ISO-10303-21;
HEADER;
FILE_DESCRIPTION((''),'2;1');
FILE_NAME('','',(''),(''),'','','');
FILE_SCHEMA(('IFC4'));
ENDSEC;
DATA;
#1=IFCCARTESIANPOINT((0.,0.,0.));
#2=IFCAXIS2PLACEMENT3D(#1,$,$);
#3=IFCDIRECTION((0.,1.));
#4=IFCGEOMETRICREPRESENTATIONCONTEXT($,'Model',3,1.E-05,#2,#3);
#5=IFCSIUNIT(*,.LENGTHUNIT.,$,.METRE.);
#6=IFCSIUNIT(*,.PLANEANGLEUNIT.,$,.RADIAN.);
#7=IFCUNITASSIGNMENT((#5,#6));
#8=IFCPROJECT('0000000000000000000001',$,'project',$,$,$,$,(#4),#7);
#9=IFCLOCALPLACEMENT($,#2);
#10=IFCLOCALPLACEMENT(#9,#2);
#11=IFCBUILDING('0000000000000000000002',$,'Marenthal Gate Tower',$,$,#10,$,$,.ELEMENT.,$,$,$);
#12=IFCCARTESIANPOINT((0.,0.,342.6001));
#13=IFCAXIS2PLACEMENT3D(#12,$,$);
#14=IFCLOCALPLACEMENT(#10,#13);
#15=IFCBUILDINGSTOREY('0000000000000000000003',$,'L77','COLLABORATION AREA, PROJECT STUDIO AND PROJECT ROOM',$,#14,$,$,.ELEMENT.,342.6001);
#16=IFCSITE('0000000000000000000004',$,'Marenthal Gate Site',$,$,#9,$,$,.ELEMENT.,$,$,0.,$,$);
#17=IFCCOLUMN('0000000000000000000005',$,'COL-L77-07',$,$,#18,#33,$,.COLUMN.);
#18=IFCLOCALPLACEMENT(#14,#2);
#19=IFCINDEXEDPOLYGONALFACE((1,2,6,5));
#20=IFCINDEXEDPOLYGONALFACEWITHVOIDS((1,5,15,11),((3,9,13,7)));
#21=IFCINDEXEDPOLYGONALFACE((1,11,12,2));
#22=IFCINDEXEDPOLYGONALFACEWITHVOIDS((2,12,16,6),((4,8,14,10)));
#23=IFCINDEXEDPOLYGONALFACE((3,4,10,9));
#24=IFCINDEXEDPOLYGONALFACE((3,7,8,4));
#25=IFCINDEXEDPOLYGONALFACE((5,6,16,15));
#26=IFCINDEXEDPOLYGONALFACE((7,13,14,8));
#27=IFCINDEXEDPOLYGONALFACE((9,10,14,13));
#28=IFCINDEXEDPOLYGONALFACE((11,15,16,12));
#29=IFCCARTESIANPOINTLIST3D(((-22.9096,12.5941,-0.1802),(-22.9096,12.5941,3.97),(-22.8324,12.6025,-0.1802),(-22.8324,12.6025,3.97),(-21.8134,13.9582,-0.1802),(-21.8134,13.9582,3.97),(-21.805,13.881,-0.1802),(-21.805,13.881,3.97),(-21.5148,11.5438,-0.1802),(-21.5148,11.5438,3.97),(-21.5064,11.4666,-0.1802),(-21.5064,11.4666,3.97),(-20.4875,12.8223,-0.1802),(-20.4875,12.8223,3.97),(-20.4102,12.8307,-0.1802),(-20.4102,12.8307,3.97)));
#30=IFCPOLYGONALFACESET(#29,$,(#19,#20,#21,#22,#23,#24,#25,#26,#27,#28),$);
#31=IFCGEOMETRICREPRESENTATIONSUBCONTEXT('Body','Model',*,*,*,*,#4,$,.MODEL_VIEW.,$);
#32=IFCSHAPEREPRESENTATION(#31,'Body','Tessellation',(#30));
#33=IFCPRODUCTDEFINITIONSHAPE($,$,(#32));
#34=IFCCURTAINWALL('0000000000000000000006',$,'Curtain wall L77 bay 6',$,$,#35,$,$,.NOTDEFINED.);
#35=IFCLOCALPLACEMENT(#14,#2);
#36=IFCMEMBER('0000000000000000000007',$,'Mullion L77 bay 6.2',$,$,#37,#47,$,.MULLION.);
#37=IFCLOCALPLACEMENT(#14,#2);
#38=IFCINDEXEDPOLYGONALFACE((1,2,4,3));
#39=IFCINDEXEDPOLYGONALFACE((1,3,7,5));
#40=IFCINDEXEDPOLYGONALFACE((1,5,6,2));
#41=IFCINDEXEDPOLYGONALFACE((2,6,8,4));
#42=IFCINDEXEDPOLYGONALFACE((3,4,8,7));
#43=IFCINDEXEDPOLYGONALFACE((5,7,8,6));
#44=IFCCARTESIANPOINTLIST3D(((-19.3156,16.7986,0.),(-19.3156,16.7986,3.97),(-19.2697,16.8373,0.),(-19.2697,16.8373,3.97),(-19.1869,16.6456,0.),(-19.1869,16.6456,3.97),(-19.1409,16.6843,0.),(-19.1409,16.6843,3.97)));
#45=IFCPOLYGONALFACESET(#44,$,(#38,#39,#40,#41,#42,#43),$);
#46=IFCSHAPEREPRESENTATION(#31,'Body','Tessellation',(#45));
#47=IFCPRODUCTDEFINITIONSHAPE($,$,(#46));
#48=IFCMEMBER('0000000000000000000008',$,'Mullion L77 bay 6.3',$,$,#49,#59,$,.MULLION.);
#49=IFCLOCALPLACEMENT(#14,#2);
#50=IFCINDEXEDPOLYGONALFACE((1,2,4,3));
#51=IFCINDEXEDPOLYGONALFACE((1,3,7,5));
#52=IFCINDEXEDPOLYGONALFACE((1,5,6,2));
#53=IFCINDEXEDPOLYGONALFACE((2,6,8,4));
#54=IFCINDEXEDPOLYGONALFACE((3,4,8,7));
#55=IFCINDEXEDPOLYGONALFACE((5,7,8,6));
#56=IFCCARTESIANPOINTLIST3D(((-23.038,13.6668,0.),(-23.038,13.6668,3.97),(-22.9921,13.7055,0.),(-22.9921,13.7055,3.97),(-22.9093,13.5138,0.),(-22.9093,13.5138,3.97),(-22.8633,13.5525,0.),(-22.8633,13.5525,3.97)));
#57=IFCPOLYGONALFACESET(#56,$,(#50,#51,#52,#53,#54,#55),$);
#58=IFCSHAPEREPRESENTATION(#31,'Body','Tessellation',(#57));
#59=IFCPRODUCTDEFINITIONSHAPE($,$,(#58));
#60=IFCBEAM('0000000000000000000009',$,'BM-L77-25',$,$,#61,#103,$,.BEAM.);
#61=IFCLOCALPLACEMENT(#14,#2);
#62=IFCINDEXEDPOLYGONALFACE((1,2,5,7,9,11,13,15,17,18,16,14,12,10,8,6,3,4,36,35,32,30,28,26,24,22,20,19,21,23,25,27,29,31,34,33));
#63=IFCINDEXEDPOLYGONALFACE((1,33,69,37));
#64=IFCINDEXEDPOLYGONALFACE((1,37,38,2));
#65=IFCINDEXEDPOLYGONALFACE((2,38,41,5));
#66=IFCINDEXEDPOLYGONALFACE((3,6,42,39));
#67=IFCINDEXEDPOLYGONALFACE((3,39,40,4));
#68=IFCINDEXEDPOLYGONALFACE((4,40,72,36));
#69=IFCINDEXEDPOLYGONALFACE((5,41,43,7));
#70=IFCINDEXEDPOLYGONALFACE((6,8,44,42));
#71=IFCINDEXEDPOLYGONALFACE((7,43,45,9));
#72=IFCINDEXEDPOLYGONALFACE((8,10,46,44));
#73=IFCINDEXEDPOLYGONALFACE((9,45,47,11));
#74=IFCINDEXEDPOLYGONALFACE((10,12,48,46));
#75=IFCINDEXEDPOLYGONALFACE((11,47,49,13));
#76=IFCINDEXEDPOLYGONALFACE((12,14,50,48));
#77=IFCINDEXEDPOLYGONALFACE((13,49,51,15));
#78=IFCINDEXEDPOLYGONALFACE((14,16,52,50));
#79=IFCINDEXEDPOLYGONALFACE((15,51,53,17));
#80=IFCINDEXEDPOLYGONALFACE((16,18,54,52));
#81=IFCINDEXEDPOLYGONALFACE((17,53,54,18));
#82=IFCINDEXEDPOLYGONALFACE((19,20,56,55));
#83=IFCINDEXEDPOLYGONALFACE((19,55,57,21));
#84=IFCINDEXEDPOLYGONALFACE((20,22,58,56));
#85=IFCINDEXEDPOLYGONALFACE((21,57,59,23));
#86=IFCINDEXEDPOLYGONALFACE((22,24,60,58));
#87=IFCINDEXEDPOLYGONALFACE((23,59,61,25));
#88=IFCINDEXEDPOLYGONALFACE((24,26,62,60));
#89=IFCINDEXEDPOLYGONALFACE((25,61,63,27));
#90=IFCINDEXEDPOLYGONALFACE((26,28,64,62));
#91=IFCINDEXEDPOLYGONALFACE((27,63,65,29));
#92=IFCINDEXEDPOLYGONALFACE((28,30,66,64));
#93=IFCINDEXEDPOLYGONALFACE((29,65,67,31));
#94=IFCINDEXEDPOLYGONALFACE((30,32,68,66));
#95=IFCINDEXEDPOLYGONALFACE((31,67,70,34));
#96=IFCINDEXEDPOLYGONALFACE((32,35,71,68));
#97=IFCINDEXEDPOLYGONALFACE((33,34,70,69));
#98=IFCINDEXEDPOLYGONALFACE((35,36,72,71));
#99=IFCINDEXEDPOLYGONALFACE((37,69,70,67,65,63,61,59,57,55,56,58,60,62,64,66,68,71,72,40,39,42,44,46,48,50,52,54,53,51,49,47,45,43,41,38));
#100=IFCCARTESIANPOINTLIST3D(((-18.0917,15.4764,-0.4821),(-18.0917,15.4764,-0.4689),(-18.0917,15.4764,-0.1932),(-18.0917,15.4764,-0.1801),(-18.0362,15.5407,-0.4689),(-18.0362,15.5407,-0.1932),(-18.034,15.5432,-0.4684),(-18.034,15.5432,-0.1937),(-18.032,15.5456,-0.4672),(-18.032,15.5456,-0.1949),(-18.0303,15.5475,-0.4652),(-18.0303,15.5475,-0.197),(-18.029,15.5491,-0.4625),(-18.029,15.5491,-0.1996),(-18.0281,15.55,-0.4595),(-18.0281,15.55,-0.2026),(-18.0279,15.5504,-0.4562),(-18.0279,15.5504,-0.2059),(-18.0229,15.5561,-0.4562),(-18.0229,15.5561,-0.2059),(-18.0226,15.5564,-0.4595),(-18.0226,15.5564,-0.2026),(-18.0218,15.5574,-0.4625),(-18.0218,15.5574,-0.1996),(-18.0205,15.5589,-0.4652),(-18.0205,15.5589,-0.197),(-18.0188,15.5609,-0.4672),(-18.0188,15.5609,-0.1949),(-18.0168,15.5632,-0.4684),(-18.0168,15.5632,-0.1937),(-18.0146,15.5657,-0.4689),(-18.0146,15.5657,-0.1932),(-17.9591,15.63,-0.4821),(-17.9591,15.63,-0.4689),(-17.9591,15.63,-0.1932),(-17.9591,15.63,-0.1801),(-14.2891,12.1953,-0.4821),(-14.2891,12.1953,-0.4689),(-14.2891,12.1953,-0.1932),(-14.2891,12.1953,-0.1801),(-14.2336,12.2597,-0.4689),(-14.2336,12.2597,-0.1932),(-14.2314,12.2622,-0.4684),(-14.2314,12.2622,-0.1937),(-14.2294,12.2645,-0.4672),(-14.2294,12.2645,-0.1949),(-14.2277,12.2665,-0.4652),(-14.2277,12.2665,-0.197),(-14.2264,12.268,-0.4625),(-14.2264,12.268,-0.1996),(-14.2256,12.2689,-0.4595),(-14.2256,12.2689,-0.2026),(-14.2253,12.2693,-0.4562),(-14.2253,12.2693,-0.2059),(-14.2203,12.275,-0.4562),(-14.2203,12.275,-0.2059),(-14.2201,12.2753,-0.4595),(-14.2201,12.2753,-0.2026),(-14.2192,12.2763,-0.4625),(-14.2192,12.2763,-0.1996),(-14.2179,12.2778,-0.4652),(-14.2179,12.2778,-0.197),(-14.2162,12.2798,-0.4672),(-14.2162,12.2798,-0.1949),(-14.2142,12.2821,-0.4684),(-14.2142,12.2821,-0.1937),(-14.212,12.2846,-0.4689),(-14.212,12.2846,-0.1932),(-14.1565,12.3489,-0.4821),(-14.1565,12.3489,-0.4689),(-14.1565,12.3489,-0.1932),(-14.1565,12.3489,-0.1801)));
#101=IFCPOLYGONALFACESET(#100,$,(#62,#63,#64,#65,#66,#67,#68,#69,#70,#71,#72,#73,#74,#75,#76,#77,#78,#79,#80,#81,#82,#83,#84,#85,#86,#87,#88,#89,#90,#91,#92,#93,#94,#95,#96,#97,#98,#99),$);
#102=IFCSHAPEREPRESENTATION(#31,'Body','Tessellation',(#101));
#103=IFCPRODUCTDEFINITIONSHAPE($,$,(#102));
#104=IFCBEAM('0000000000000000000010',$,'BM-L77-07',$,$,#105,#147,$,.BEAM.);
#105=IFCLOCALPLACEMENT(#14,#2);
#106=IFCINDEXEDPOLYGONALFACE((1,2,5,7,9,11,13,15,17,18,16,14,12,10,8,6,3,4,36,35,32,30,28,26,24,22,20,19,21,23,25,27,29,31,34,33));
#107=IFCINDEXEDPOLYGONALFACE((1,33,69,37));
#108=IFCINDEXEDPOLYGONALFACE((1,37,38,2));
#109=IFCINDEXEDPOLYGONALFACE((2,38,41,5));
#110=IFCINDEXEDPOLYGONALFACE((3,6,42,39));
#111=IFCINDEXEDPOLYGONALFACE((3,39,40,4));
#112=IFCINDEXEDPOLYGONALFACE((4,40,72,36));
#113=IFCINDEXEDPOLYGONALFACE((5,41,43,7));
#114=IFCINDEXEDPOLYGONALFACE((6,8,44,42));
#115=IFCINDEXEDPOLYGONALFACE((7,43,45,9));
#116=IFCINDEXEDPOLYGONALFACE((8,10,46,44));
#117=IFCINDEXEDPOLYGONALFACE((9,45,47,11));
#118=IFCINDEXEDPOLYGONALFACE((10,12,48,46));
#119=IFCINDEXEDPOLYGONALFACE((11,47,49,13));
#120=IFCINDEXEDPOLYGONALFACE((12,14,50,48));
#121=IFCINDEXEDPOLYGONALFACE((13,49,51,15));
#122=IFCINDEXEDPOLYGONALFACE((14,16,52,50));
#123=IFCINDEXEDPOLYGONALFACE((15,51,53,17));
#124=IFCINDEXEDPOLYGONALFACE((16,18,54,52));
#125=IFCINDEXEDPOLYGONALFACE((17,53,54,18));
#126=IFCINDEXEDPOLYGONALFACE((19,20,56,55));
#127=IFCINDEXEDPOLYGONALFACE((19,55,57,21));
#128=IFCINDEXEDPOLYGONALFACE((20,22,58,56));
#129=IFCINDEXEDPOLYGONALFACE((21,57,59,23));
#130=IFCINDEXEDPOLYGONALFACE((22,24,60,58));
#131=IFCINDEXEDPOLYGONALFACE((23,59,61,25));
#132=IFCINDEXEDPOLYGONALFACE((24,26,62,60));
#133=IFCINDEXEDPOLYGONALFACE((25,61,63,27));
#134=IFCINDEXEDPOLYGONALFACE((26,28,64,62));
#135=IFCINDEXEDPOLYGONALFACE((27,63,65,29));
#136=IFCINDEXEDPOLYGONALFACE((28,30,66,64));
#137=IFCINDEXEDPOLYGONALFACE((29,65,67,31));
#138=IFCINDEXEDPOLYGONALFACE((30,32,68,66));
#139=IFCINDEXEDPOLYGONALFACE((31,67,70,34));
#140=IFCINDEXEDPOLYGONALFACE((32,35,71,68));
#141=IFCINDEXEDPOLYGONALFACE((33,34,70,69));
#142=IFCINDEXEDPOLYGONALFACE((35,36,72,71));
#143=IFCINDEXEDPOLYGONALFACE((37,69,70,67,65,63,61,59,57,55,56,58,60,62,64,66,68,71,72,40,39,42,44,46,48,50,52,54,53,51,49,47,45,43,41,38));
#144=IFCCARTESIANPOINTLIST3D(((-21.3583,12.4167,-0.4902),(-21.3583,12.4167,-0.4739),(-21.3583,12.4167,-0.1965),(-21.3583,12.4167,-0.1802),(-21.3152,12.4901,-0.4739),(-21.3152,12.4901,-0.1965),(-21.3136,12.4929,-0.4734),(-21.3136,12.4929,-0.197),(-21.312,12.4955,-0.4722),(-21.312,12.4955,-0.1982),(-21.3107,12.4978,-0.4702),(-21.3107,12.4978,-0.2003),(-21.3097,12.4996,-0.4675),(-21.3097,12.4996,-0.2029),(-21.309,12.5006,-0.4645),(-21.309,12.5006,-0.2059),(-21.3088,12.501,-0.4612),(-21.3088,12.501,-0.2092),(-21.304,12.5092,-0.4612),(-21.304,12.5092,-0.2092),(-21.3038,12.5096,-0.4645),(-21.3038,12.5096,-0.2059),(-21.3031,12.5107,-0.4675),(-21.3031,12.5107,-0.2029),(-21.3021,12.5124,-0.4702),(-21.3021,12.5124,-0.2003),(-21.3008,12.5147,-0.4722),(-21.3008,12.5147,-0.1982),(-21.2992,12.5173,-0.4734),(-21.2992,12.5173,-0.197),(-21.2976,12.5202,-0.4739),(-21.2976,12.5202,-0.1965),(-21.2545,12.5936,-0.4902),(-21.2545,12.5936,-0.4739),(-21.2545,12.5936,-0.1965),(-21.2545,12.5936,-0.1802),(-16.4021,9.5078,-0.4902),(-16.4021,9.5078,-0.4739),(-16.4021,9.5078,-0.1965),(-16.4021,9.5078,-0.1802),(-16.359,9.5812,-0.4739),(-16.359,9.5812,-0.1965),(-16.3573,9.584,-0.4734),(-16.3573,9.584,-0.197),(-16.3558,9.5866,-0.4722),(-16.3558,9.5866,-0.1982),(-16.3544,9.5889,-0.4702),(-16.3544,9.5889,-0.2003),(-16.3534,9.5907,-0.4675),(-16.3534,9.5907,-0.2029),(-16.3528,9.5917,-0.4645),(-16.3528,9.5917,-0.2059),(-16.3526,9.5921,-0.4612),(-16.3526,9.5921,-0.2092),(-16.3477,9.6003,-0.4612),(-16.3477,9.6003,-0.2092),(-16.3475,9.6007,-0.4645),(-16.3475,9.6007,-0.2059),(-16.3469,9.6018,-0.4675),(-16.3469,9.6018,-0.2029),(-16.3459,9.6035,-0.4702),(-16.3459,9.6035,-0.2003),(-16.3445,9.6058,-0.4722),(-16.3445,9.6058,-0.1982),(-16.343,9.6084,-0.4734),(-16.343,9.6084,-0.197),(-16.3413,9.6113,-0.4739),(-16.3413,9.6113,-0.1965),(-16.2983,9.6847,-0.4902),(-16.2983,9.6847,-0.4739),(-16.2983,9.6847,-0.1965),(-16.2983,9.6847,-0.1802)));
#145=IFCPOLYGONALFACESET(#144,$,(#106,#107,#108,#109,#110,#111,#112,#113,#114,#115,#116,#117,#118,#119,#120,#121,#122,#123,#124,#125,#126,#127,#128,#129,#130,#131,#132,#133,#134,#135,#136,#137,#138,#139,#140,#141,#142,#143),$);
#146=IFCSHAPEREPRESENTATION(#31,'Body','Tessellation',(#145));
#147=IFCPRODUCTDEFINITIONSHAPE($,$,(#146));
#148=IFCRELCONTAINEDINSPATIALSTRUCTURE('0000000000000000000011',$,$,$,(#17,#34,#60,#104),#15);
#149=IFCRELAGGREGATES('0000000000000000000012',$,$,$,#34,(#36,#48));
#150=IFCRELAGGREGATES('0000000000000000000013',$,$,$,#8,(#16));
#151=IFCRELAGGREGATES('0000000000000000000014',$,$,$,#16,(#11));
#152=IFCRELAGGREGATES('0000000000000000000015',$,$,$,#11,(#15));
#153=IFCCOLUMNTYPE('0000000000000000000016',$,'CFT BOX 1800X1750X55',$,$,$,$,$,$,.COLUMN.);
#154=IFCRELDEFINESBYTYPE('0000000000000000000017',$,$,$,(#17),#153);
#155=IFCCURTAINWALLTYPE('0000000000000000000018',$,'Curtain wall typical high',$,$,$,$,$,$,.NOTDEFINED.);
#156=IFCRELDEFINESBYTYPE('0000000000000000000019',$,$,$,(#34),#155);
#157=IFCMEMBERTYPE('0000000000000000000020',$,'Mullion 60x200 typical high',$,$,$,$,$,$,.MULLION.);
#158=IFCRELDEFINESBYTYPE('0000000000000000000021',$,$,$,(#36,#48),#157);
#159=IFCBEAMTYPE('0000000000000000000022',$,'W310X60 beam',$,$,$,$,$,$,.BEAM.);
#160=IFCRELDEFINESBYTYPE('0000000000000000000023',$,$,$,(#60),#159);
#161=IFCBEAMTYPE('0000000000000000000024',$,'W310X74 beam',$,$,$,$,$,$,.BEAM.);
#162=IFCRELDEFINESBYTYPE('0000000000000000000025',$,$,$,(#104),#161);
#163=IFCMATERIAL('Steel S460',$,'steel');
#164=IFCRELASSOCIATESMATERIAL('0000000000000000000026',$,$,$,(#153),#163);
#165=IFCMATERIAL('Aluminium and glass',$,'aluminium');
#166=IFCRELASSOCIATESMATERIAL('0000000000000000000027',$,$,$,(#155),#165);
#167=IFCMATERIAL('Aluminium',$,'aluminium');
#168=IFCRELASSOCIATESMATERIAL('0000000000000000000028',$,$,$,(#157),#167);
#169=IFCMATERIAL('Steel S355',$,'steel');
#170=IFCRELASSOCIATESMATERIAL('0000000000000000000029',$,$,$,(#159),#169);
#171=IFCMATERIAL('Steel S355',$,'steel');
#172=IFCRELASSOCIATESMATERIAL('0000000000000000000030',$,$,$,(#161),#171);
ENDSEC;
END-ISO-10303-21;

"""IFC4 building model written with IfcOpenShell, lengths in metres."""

from ifc_helpers import new_model, si_unit, direction, frame, origin, origin_2d, place, context, subcontext, project, spatial, rectangle, hollow_rectangle, i_section, extrude, material, material_profile, profile_set, type_object, element, aggregate, save


model = new_model("IFC4")

# Units and contexts
model_context = context("Model", 3, precision=1e-05, world=origin(), true_north=direction((0.0, 1.0)))
body_context = subcontext(model_context, "Body", "Model", "MODEL_VIEW")
ifc_project = project(units=[si_unit("LENGTHUNIT", "METRE"), si_unit("PLANEANGLEUNIT", "RADIAN")], contexts=[model_context])

# Site, building, storey
site_placement = place(None, origin())
site = spatial("IfcSite", under=ifc_project, at=site_placement, Name="Marenthal Gate Site", CompositionType="ELEMENT", RefElevation=0.0)
building_placement = place(site_placement, origin())
building = spatial("IfcBuilding", under=site, at=building_placement, Name="Marenthal Gate Tower", CompositionType="ELEMENT")
storey_placement = place(building_placement, frame((0.0, 0.0, 342.6001)))
storey = spatial("IfcBuildingStorey", under=building, at=storey_placement, Name="L77", Description="COLLABORATION AREA, PROJECT STUDIO AND PROJECT ROOM", CompositionType="ELEMENT", Elevation=342.6001)

# Column
ifc_material_1 = material(Name="Steel S460", Category="steel")
ifc_material_profile_1 = material_profile(ifc_material_1, hollow_rectangle(XDim=1.75, YDim=1.8, WallThickness=0.0549, at=origin_2d()), Name="CFT BOX 1800X1750X55")
ifc_material_2 = material(Name="Concrete 70 MPa", Category="concrete")
ifc_material_profile_2 = material_profile(ifc_material_2, rectangle(XDim=1.6399, YDim=1.6899, at=origin_2d()), Name="CFT BOX 1800X1750X55 INFILL")
ifc_profile_set_1 = profile_set([ifc_material_profile_1, ifc_material_profile_2], Name="Steel S460 shell, Concrete 70 MPa infill")
column_type = type_object("IfcColumnType", Name="CFT BOX 1800X1750X55", PredefinedType="COLUMN", material=ifc_profile_set_1)
column_placement = place(storey_placement, frame((-21.6599, 12.7124, -0.1802), z_axis=(0.0, 0.0, 1.0), x_axis=(0.626371, 0.779525, 0.0)))
element("IfcColumn", 1, at=column_placement, inside=storey, type_object=column_type, Name="COL-L77-07", PredefinedType="COLUMN", context=body_context, shape_type="SweptSolid", body=[
    extrude(hollow_rectangle(XDim=1.75, YDim=1.8, WallThickness=0.0549, at=origin_2d()), origin(), (0.0, 0.0, 1.0), 4.1501),
])

# Curtain wall, members
ifc_material_3 = material(Name="Aluminium and glass", Category="aluminium")
curtain_wall_type = type_object("IfcCurtainWallType", Name="Curtain wall typical high", PredefinedType="NOTDEFINED", material=ifc_material_3)
curtain_wall_placement = place(storey_placement, origin())
curtain_wall = element("IfcCurtainWall", 2, at=curtain_wall_placement, inside=storey, type_object=curtain_wall_type, Name="Curtain wall L77 bay 6", PredefinedType="NOTDEFINED")
ifc_material_4 = material(Name="Aluminium", Category="aluminium")
ifc_material_profile_3 = material_profile(ifc_material_4, rectangle(XDim=0.2, YDim=0.0601, at=origin_2d()), Name="60x200 aluminium mullion")
ifc_profile_set_2 = profile_set([ifc_material_profile_3], Name="Aluminium")
member_type = type_object("IfcMemberType", Name="Mullion 60x200 typical high", PredefinedType="MULLION", material=ifc_profile_set_2)
member_1_placement = place(storey_placement, frame((-19.2283, 16.7415, 0.0), z_axis=(0.0, 0.0, 1.0), x_axis=(0.643801, -0.765193, 0.0)))
member_1 = element("IfcMember", 3, at=member_1_placement, type_object=member_type, Name="Mullion L77 bay 6.2", PredefinedType="MULLION", context=body_context, shape_type="SweptSolid", body=[
    extrude(rectangle(XDim=0.2, YDim=0.0601, at=origin_2d()), origin(), (0.0, 0.0, 1.0), 3.97),
])
member_2_placement = place(storey_placement, frame((-22.9507, 13.6096, 0.0), z_axis=(0.0, 0.0, 1.0), x_axis=(0.643801, -0.765193, 0.0)))
member_2 = element("IfcMember", 4, at=member_2_placement, type_object=member_type, Name="Mullion L77 bay 6.3", PredefinedType="MULLION", context=body_context, shape_type="SweptSolid", body=[
    extrude(rectangle(XDim=0.2, YDim=0.0601, at=origin_2d()), origin(), (0.0, 0.0, 1.0), 3.97),
])

# Beams
ifc_material_5 = material(Name="Steel S355", Category="steel")
ifc_material_profile_4 = material_profile(ifc_material_5, i_section(OverallWidth=0.2029, OverallDepth=0.302, WebThickness=0.0076, FlangeThickness=0.0132, FilletRadius=0.0127, at=origin_2d()), Name="W310X60")
ifc_profile_set_3 = profile_set([ifc_material_profile_4], Name="Steel S355")
beam_type_1 = type_object("IfcBeamType", Name="W310X60 beam", PredefinedType="BEAM", material=ifc_profile_set_3)
beam_1_placement = place(storey_placement, frame((-18.0254, 15.5532, -0.3311), z_axis=(0.757115, -0.653282, 0.0), x_axis=(0.653282, 0.757115, 0.0)))
element("IfcBeam", 5, at=beam_1_placement, inside=storey, type_object=beam_type_1, Name="BM-L77-25", PredefinedType="BEAM", context=body_context, shape_type="SweptSolid", body=[
    extrude(i_section(OverallWidth=0.2029, OverallDepth=0.302, WebThickness=0.0076, FlangeThickness=0.0132, FilletRadius=0.0127, at=origin_2d()), origin(), (0.0, 0.0, 1.0), 5.0225),
])
ifc_material_6 = material(Name="Steel S355", Category="steel")
ifc_material_profile_5 = material_profile(ifc_material_6, i_section(OverallWidth=0.2051, OverallDepth=0.3101, WebThickness=0.0095, FlangeThickness=0.0164, FilletRadius=0.0127, at=origin_2d()), Name="W310X74")
ifc_profile_set_4 = profile_set([ifc_material_profile_5], Name="Steel S355")
beam_type_2 = type_object("IfcBeamType", Name="W310X74 beam", PredefinedType="BEAM", material=ifc_profile_set_4)
beam_2_placement = place(storey_placement, frame((-21.3064, 12.5051, -0.3352), z_axis=(0.862431, -0.506175, 0.0), x_axis=(0.506175, 0.862431, 0.0)))
element("IfcBeam", 6, at=beam_2_placement, inside=storey, type_object=beam_type_2, Name="BM-L77-07", PredefinedType="BEAM", context=body_context, shape_type="SweptSolid", body=[
    extrude(i_section(OverallWidth=0.2051, OverallDepth=0.3101, WebThickness=0.0095, FlangeThickness=0.0164, FilletRadius=0.0127, at=origin_2d()), origin(), (0.0, 0.0, 1.0), 5.7468),
])

aggregate(curtain_wall, [member_1, member_2])

save(model, "model.ifc")
